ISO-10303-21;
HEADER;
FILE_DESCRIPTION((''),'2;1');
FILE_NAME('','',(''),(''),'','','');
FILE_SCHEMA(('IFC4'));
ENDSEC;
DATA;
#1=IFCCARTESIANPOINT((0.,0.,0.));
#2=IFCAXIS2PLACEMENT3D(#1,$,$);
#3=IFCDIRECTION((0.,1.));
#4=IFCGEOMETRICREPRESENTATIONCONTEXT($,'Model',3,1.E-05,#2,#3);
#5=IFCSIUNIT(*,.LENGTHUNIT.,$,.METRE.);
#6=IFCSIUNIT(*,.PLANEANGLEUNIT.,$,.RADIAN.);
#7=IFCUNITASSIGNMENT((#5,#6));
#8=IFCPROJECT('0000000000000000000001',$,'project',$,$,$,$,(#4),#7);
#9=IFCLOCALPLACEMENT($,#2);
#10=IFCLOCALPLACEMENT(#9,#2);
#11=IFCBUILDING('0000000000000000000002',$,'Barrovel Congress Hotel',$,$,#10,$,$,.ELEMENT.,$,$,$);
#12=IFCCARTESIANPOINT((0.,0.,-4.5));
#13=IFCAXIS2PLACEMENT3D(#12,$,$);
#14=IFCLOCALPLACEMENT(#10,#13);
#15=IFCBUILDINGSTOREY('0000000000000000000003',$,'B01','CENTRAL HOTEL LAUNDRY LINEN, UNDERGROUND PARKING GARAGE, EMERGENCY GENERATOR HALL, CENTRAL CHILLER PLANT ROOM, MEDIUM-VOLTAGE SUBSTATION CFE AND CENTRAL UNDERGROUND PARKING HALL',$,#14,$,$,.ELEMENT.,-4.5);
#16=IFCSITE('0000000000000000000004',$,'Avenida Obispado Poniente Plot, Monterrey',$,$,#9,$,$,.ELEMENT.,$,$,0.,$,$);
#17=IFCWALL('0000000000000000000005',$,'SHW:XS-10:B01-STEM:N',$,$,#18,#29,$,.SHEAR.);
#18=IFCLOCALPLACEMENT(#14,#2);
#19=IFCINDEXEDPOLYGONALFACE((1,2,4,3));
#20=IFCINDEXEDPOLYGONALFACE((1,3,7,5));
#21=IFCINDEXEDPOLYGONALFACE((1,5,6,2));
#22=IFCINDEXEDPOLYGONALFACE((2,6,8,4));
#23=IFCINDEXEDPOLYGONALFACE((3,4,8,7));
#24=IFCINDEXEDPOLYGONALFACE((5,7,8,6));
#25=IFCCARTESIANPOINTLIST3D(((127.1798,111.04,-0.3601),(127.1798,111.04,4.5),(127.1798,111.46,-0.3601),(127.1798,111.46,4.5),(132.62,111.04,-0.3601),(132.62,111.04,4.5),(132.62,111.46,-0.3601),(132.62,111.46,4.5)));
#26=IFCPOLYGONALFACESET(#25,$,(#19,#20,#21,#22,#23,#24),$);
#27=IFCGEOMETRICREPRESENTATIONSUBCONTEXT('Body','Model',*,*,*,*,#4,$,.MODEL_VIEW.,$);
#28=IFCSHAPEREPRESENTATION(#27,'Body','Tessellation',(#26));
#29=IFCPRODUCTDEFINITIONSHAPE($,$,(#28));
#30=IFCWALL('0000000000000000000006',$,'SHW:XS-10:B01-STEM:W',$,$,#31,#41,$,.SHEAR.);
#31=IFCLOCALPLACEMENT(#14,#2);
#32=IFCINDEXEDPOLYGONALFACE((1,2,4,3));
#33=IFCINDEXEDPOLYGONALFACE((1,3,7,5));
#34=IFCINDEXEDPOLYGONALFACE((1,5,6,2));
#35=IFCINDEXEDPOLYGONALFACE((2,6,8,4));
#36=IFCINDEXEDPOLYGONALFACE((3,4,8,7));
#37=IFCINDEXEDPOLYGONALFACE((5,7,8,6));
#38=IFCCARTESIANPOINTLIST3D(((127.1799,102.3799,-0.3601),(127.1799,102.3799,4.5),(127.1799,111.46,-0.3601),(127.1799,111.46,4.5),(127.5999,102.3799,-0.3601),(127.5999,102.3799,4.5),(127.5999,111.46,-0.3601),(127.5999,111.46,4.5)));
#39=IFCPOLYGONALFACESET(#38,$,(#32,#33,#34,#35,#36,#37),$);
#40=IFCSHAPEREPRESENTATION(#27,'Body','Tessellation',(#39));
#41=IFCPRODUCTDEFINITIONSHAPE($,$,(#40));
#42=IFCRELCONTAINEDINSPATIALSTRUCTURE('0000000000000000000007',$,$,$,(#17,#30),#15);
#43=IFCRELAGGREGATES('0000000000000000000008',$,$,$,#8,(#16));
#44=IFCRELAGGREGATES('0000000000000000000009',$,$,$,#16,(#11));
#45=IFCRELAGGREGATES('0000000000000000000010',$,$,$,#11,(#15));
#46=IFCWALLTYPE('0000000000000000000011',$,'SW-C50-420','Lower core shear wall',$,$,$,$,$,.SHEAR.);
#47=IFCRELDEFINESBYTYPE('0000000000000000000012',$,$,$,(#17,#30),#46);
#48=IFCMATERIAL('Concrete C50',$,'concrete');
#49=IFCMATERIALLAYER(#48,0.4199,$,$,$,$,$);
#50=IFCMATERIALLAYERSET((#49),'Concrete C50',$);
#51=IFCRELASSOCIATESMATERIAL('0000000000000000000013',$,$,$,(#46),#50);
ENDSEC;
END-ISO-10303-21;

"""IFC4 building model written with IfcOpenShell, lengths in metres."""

from ifc_helpers import new_model, si_unit, direction, frame, frame_2d, origin, place, context, subcontext, project, spatial, rectangle, extrude, material, layer, layer_set, type_object, element, save


model = new_model("IFC4")

# Units and contexts
model_context = context("Model", 3, precision=1e-05, world=origin(), true_north=direction((0.0, 1.0)))
body_context = subcontext(model_context, "Body", "Model", "MODEL_VIEW")
ifc_project = project(units=[si_unit("LENGTHUNIT", "METRE"), si_unit("PLANEANGLEUNIT", "RADIAN")], contexts=[model_context])

# Site, building, storey
site_placement = place(None, origin())
site = spatial("IfcSite", under=ifc_project, at=site_placement, Name="Avenida Obispado Poniente Plot, Monterrey", CompositionType="ELEMENT", RefElevation=0.0)
building_placement = place(site_placement, origin())
building = spatial("IfcBuilding", under=site, at=building_placement, Name="Barrovel Congress Hotel", CompositionType="ELEMENT")
storey_placement = place(building_placement, frame((0.0, 0.0, -4.5)))
storey = spatial("IfcBuildingStorey", under=building, at=storey_placement, Name="B01", Description="CENTRAL HOTEL LAUNDRY LINEN, UNDERGROUND PARKING GARAGE, EMERGENCY GENERATOR HALL, CENTRAL CHILLER PLANT ROOM, MEDIUM-VOLTAGE SUBSTATION CFE AND CENTRAL UNDERGROUND PARKING HALL", CompositionType="ELEMENT", Elevation=-4.5)

# Walls
ifc_material_1 = material(Name="Concrete C50", Category="concrete")
ifc_layer = layer(ifc_material_1, 0.4199)
ifc_layer_set = layer_set([ifc_layer], Name="Concrete C50")
wall_type = type_object("IfcWallType", Name="SW-C50-420", Description="Lower core shear wall", PredefinedType="SHEAR", material=ifc_layer_set)
wall_1_placement = place(storey_placement, frame((132.6201, 111.25, -0.3601), z_axis=(0.0, 0.0, 1.0), x_axis=(-1.0, 0.0, 0.0)))
element("IfcWall", 1, at=wall_1_placement, inside=storey, type_object=wall_type, Name="SHW:XS-10:B01-STEM:N", PredefinedType="SHEAR", context=body_context, shape_type="SweptSolid", body=[
    extrude(rectangle(XDim=5.4402, YDim=0.4199, at=frame_2d((2.7202, 0.0))), origin(), (0.0, 0.0, 1.0), 4.8601),
])
wall_2_placement = place(storey_placement, frame((127.3899, 111.46, -0.3601), z_axis=(0.0, 0.0, 1.0), x_axis=(0.0, -1.0, 0.0)))
element("IfcWall", 2, at=wall_2_placement, inside=storey, type_object=wall_type, Name="SHW:XS-10:B01-STEM:W", PredefinedType="SHEAR", context=body_context, shape_type="SweptSolid", body=[
    extrude(rectangle(XDim=9.0801, YDim=0.4199, at=frame_2d((4.54, 0.0))), origin(), (0.0, 0.0, 1.0), 4.8601),
])

save(model, "model.ifc")
